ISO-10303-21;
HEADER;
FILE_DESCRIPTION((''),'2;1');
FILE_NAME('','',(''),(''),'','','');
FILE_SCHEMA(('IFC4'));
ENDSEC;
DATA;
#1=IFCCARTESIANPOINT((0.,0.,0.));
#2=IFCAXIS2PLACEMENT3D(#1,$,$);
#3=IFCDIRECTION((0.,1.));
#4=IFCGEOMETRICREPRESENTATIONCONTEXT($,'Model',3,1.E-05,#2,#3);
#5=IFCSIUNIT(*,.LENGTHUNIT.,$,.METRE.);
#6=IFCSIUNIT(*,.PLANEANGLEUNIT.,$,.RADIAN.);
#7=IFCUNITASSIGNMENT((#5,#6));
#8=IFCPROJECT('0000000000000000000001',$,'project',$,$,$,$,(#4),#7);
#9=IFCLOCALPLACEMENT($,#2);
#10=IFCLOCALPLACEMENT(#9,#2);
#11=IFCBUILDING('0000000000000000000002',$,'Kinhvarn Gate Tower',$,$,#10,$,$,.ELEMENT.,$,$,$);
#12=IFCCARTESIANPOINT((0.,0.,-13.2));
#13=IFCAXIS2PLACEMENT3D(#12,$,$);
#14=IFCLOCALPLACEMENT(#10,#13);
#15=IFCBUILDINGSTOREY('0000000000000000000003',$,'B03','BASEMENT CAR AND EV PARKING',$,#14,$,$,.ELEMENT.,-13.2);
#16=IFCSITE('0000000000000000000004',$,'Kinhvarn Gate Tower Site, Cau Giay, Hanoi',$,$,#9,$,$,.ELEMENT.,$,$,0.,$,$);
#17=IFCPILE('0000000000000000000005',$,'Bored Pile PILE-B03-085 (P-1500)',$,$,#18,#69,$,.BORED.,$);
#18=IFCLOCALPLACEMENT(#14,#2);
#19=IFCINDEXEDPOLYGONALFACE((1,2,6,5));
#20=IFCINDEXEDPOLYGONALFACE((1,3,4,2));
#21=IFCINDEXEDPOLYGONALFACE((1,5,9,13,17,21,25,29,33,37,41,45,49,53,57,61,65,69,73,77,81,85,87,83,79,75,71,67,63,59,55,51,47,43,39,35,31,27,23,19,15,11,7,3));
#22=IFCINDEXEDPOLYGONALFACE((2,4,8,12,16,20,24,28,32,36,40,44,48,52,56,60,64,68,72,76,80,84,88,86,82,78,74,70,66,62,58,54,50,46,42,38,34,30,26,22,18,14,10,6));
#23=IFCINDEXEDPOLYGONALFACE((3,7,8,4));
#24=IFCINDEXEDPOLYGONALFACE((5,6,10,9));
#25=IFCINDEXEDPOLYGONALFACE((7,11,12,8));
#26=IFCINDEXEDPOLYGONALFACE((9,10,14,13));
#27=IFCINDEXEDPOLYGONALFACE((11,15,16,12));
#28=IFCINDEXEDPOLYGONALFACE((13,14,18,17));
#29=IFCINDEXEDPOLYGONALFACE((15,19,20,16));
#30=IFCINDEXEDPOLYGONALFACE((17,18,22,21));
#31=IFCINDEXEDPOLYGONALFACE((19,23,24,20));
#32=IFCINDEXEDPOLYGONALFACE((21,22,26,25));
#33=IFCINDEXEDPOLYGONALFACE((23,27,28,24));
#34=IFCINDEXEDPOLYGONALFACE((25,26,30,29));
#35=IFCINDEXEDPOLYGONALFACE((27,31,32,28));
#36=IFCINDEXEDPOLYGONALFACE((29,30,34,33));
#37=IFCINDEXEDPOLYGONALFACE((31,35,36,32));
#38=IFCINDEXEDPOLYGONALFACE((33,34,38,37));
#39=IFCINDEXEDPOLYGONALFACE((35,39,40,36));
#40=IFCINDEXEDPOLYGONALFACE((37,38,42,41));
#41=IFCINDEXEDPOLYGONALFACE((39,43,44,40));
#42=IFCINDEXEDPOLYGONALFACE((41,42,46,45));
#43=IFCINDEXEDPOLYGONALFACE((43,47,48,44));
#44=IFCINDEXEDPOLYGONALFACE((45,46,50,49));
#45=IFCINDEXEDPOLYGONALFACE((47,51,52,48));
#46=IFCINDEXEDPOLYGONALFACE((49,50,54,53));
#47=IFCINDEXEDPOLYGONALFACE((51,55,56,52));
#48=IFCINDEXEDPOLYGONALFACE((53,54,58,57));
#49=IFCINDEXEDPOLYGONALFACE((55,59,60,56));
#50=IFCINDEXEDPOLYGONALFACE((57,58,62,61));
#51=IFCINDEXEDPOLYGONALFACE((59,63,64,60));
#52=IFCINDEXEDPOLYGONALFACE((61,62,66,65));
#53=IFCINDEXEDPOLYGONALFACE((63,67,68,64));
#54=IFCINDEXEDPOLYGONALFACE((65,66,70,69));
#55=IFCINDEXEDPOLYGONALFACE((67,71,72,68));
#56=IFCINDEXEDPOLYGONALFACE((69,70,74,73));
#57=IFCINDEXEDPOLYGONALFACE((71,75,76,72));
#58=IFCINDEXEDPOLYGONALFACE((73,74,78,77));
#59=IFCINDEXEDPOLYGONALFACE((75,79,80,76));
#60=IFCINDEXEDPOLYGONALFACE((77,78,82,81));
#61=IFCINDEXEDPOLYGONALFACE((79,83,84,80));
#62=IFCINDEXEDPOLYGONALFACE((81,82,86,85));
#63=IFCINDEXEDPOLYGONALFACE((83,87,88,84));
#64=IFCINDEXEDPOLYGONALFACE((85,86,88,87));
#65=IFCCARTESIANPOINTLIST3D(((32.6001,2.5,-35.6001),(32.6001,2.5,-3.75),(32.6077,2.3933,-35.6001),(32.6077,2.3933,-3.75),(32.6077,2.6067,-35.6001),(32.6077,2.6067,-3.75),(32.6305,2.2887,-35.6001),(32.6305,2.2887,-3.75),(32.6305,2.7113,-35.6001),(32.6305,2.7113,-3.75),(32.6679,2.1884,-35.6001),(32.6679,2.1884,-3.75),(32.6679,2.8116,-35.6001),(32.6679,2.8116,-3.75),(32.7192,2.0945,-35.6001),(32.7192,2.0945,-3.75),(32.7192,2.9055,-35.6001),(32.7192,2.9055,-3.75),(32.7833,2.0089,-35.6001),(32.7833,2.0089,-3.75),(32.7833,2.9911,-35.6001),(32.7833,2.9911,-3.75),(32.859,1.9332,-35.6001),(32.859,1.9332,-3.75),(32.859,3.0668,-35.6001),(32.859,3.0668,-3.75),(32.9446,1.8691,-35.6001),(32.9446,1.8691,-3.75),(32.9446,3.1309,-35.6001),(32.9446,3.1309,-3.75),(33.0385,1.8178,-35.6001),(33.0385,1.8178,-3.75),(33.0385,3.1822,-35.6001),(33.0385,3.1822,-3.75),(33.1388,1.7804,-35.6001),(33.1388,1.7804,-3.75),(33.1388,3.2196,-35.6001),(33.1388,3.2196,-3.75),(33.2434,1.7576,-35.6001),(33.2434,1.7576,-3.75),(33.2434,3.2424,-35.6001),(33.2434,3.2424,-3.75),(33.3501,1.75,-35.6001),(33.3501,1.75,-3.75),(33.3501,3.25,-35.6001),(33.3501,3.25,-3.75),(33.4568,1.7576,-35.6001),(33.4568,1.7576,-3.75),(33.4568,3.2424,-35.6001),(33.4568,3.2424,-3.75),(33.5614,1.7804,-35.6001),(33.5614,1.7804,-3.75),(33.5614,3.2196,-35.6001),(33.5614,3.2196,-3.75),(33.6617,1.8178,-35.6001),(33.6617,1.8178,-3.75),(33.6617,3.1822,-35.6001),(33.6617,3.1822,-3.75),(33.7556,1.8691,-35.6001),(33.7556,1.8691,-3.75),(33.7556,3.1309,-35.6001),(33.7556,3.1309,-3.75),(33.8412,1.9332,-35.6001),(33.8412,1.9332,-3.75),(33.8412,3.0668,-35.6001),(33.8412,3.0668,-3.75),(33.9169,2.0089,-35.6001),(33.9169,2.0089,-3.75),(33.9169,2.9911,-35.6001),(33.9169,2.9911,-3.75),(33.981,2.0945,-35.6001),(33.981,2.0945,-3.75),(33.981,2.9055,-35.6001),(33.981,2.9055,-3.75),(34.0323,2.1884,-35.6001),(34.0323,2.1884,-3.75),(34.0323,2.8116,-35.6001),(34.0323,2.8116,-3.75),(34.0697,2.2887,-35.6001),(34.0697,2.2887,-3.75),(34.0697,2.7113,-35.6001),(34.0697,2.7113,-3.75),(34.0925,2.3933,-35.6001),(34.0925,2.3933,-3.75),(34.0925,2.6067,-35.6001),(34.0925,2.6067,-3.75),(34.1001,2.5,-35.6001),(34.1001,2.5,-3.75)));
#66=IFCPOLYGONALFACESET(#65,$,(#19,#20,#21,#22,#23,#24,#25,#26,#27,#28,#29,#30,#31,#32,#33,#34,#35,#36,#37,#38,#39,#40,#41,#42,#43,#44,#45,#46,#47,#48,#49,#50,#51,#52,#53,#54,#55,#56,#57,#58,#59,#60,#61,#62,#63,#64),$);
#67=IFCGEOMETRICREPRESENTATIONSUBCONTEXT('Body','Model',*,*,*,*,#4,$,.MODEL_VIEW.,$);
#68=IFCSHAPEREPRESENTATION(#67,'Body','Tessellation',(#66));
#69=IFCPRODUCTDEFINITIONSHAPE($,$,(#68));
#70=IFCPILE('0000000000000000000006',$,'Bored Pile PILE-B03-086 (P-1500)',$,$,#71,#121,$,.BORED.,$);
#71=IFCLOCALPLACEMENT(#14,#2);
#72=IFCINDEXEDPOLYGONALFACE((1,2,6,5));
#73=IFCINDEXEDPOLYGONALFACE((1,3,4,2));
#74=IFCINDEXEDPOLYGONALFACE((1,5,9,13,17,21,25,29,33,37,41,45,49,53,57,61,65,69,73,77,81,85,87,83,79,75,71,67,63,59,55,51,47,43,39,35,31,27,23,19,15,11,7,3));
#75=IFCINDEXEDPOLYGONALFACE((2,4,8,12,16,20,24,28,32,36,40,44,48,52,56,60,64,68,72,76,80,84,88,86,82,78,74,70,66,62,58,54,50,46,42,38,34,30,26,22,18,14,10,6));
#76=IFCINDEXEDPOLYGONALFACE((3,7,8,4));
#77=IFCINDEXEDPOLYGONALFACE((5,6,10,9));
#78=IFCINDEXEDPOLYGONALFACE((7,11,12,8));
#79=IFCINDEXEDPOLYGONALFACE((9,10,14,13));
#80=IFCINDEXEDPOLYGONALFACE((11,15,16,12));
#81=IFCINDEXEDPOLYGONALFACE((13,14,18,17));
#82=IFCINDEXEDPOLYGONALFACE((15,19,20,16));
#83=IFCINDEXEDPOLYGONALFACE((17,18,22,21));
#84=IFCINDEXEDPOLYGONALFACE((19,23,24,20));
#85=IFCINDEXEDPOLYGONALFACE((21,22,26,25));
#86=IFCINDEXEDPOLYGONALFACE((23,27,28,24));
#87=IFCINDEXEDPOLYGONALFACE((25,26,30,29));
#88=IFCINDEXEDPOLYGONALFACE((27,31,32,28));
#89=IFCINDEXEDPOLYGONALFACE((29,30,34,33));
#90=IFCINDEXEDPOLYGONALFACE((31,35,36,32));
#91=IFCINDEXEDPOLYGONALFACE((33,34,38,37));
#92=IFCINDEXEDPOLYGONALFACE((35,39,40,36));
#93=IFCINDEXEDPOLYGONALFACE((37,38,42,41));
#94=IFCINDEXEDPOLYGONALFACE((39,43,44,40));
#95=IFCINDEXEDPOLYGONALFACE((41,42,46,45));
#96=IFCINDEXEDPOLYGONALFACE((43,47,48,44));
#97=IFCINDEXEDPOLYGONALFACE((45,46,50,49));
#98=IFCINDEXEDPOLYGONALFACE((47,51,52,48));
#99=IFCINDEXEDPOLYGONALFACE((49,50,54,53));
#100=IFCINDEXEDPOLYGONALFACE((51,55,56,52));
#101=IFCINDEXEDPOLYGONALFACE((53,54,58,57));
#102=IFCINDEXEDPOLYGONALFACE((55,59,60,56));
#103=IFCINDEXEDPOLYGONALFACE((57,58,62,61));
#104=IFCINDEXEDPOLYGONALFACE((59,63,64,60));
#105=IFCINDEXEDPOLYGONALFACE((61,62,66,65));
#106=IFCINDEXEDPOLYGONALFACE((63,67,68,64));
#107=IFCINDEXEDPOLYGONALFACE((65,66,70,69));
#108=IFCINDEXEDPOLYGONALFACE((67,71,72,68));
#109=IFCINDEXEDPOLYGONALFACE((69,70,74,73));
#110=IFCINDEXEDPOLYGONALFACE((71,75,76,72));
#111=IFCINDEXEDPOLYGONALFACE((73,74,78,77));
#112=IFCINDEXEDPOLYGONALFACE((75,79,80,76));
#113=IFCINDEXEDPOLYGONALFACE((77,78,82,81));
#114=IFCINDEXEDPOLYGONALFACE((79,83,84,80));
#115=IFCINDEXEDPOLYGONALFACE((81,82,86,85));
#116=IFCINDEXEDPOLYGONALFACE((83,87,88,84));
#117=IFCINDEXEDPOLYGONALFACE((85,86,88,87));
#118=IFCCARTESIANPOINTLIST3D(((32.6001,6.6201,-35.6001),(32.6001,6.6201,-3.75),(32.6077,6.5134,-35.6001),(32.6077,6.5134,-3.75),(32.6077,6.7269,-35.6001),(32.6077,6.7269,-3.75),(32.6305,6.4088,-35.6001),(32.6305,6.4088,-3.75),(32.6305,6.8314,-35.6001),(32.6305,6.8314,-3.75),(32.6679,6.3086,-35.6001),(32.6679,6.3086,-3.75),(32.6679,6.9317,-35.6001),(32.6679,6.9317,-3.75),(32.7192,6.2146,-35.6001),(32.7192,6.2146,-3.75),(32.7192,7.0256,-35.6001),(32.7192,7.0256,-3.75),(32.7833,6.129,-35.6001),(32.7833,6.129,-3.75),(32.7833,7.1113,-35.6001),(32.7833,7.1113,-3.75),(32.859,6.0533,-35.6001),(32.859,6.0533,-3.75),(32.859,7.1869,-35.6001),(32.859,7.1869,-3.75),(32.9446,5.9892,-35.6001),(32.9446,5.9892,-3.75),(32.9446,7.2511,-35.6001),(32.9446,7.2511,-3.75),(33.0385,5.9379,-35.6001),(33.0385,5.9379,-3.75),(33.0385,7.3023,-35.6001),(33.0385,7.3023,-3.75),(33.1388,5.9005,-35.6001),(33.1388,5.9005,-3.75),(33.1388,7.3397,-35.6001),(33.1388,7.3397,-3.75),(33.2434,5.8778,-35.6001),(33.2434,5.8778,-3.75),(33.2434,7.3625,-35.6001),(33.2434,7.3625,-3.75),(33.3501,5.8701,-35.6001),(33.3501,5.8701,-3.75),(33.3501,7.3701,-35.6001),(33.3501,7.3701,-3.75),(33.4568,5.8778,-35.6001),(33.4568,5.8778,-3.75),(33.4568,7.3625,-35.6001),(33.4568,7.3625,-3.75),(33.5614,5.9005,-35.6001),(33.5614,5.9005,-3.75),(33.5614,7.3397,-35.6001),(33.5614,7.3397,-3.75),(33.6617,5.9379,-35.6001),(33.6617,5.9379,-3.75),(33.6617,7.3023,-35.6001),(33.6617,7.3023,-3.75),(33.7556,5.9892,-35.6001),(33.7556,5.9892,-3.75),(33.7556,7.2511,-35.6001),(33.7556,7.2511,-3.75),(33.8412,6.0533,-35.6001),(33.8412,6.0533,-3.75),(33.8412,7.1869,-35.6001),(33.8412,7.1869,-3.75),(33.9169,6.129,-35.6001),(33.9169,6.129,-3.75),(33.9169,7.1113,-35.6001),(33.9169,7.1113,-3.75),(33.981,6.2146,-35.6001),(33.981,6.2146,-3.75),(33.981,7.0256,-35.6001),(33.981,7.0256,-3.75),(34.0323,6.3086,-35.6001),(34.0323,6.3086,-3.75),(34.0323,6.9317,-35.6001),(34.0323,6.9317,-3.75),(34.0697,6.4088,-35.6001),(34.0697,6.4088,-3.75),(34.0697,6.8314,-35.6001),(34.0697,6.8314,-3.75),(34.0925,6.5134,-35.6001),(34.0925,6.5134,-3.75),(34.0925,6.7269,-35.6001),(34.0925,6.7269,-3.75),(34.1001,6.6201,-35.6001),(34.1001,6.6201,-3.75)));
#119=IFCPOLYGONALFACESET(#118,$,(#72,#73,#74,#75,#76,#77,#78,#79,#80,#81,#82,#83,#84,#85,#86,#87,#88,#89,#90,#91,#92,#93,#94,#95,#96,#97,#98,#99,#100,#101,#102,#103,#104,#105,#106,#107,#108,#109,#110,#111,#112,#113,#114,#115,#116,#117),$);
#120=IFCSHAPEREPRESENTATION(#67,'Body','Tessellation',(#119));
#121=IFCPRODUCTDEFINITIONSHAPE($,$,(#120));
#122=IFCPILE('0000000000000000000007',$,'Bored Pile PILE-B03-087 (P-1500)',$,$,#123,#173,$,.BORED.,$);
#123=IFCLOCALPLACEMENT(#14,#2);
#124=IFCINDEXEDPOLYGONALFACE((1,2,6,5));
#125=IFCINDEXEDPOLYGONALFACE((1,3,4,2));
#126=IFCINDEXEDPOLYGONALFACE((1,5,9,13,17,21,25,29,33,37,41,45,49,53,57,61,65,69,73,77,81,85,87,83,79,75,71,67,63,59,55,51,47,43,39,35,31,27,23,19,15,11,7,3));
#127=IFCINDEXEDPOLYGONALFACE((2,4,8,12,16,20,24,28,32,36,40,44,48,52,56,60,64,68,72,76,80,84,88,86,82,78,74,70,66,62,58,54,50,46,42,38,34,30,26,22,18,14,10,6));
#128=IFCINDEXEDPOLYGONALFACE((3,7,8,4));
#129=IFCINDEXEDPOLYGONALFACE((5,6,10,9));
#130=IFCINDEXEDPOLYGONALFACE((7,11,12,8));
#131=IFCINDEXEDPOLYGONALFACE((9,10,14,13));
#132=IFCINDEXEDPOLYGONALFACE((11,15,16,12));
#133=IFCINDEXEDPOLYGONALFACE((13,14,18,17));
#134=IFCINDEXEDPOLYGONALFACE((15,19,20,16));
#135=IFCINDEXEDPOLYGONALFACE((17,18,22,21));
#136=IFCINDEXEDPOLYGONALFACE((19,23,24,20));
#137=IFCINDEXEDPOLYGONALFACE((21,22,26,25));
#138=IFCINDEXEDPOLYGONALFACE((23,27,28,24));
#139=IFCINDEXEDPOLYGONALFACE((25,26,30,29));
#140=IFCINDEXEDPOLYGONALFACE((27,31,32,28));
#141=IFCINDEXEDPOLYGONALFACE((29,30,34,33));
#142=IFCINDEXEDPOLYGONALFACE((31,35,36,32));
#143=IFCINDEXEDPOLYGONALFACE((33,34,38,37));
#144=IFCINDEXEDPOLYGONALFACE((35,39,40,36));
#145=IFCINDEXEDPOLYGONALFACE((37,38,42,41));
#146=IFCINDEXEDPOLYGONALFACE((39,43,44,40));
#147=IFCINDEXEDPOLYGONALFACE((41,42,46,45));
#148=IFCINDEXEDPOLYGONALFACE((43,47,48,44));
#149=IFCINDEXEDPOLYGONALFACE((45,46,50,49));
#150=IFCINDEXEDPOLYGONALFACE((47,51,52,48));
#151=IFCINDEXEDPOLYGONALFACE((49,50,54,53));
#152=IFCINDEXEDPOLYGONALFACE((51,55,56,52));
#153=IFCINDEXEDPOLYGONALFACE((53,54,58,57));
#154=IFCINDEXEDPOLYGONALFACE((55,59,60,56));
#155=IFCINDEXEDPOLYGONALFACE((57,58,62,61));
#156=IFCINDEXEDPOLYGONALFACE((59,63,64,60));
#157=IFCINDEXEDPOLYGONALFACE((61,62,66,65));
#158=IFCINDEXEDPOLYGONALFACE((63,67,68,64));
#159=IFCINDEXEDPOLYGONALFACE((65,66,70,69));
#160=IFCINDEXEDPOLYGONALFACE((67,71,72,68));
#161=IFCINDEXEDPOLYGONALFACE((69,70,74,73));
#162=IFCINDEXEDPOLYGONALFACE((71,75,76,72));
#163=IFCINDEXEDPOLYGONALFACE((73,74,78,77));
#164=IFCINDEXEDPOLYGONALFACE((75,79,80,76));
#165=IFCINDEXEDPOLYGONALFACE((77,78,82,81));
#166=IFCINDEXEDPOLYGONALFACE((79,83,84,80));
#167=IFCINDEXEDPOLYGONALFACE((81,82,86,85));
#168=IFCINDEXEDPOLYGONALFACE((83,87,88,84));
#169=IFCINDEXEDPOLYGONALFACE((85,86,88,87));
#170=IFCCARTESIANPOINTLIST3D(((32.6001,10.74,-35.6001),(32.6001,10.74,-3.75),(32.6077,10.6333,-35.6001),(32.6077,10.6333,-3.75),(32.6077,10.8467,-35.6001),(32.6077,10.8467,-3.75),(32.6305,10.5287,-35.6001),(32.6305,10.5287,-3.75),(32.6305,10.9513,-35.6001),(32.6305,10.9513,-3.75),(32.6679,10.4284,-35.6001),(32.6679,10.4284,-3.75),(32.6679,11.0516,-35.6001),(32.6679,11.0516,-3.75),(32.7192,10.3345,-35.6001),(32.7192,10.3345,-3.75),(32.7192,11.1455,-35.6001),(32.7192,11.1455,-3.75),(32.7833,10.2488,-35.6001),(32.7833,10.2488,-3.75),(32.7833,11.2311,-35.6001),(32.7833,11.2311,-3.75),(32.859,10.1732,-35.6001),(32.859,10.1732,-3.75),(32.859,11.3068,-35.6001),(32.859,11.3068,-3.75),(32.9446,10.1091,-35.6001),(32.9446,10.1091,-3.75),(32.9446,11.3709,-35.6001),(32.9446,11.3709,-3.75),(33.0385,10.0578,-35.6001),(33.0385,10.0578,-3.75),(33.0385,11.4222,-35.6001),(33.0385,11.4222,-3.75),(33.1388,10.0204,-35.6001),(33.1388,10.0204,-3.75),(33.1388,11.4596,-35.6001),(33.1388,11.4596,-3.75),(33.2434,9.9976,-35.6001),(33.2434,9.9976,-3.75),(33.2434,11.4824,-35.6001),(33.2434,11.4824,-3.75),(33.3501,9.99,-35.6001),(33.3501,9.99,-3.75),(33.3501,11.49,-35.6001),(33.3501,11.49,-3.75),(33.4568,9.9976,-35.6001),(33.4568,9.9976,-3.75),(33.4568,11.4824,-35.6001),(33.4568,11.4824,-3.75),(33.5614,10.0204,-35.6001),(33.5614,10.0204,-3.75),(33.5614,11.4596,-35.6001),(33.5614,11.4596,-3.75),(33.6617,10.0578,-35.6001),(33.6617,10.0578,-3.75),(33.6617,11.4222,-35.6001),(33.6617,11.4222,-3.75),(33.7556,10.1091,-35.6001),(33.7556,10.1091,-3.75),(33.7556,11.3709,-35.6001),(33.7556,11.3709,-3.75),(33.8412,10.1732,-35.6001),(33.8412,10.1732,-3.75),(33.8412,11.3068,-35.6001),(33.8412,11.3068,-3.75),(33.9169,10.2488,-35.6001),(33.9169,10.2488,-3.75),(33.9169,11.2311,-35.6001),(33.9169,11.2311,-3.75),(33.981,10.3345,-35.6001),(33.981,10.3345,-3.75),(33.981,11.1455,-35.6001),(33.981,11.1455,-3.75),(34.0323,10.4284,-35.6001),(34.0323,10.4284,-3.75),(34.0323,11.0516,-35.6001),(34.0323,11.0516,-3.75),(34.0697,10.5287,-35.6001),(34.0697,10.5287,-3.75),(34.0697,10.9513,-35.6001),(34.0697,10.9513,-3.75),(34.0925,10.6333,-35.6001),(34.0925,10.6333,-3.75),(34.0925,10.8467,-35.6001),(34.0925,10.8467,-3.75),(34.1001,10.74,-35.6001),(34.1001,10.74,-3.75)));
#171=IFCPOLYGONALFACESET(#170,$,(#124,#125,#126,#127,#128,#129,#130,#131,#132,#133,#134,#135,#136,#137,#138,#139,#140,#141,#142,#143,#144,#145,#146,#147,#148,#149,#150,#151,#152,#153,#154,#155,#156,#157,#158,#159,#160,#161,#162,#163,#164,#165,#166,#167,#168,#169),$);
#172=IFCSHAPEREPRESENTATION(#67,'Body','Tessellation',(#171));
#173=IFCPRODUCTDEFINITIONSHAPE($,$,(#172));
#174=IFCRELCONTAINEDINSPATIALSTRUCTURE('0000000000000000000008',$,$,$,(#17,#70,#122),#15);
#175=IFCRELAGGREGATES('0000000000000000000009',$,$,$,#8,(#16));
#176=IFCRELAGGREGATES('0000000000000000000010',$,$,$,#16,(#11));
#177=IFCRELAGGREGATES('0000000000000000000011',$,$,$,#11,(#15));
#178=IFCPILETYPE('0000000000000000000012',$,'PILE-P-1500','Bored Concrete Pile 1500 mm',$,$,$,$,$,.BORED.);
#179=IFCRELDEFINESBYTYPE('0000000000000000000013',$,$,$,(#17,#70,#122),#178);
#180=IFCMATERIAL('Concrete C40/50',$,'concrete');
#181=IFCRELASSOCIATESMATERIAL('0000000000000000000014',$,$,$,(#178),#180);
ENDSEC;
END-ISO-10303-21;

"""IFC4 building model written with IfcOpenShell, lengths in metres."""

from ifc_helpers import new_model, si_unit, direction, frame, origin, origin_2d, place, context, subcontext, project, spatial, circle, extrude, material, material_profile, profile_set, type_object, element, save


model = new_model("IFC4")

# Units and contexts
model_context = context("Model", 3, precision=1e-05, world=origin(), true_north=direction((0.0, 1.0)))
body_context = subcontext(model_context, "Body", "Model", "MODEL_VIEW")
ifc_project = project(units=[si_unit("LENGTHUNIT", "METRE"), si_unit("PLANEANGLEUNIT", "RADIAN")], contexts=[model_context])

# Site, building, storey
site_placement = place(None, origin())
site = spatial("IfcSite", under=ifc_project, at=site_placement, Name="Kinhvarn Gate Tower Site, Cau Giay, Hanoi", CompositionType="ELEMENT", RefElevation=0.0)
building_placement = place(site_placement, origin())
building = spatial("IfcBuilding", under=site, at=building_placement, Name="Kinhvarn Gate Tower", CompositionType="ELEMENT")
storey_placement = place(building_placement, frame((0.0, 0.0, -13.2)))
storey = spatial("IfcBuildingStorey", under=building, at=storey_placement, Name="B03", Description="BASEMENT CAR AND EV PARKING", CompositionType="ELEMENT", Elevation=-13.2)

# Piles
ifc_material = material(Name="Concrete C40/50", Category="concrete")
ifc_material_profile_1 = material_profile(ifc_material, circle(Radius=0.75, at=origin_2d()), Name="PILE D1500")
ifc_profile_set_1 = profile_set([ifc_material_profile_1], Name="Concrete C40/50")
pile_type_1 = type_object("IfcPileType", Name="PILE-P-1500", Description="Bored Concrete Pile 1500 mm", PredefinedType="BORED", material=ifc_profile_set_1)
for number, where, z_axis, x_axis, name in (
    (1, (33.3501, 2.5, -35.6001), (0.0, 0.0, 1.0), (1.0, 0.0, 0.0), "Bored Pile PILE-B03-085 (P-1500)"),
    (2, (33.3501, 6.6201, -35.6001), (0.0, 0.0, 1.0), (1.0, 0.0, 0.0), "Bored Pile PILE-B03-086 (P-1500)"),
    (3, (33.3501, 10.74, -35.6001), (0.0, 0.0, 1.0), (1.0, 0.0, 0.0), "Bored Pile PILE-B03-087 (P-1500)"),
):
    element("IfcPile", number, at=place(storey_placement, frame(where, z_axis=z_axis, x_axis=x_axis)), inside=storey, type_object=pile_type_1, Name=name, PredefinedType="BORED", context=body_context, shape_type="SweptSolid", body=[
        extrude(circle(Radius=0.75, at=origin_2d()), origin(), (0.0, 0.0, 1.0), 31.8501),
    ])

save(model, "model.ifc")
